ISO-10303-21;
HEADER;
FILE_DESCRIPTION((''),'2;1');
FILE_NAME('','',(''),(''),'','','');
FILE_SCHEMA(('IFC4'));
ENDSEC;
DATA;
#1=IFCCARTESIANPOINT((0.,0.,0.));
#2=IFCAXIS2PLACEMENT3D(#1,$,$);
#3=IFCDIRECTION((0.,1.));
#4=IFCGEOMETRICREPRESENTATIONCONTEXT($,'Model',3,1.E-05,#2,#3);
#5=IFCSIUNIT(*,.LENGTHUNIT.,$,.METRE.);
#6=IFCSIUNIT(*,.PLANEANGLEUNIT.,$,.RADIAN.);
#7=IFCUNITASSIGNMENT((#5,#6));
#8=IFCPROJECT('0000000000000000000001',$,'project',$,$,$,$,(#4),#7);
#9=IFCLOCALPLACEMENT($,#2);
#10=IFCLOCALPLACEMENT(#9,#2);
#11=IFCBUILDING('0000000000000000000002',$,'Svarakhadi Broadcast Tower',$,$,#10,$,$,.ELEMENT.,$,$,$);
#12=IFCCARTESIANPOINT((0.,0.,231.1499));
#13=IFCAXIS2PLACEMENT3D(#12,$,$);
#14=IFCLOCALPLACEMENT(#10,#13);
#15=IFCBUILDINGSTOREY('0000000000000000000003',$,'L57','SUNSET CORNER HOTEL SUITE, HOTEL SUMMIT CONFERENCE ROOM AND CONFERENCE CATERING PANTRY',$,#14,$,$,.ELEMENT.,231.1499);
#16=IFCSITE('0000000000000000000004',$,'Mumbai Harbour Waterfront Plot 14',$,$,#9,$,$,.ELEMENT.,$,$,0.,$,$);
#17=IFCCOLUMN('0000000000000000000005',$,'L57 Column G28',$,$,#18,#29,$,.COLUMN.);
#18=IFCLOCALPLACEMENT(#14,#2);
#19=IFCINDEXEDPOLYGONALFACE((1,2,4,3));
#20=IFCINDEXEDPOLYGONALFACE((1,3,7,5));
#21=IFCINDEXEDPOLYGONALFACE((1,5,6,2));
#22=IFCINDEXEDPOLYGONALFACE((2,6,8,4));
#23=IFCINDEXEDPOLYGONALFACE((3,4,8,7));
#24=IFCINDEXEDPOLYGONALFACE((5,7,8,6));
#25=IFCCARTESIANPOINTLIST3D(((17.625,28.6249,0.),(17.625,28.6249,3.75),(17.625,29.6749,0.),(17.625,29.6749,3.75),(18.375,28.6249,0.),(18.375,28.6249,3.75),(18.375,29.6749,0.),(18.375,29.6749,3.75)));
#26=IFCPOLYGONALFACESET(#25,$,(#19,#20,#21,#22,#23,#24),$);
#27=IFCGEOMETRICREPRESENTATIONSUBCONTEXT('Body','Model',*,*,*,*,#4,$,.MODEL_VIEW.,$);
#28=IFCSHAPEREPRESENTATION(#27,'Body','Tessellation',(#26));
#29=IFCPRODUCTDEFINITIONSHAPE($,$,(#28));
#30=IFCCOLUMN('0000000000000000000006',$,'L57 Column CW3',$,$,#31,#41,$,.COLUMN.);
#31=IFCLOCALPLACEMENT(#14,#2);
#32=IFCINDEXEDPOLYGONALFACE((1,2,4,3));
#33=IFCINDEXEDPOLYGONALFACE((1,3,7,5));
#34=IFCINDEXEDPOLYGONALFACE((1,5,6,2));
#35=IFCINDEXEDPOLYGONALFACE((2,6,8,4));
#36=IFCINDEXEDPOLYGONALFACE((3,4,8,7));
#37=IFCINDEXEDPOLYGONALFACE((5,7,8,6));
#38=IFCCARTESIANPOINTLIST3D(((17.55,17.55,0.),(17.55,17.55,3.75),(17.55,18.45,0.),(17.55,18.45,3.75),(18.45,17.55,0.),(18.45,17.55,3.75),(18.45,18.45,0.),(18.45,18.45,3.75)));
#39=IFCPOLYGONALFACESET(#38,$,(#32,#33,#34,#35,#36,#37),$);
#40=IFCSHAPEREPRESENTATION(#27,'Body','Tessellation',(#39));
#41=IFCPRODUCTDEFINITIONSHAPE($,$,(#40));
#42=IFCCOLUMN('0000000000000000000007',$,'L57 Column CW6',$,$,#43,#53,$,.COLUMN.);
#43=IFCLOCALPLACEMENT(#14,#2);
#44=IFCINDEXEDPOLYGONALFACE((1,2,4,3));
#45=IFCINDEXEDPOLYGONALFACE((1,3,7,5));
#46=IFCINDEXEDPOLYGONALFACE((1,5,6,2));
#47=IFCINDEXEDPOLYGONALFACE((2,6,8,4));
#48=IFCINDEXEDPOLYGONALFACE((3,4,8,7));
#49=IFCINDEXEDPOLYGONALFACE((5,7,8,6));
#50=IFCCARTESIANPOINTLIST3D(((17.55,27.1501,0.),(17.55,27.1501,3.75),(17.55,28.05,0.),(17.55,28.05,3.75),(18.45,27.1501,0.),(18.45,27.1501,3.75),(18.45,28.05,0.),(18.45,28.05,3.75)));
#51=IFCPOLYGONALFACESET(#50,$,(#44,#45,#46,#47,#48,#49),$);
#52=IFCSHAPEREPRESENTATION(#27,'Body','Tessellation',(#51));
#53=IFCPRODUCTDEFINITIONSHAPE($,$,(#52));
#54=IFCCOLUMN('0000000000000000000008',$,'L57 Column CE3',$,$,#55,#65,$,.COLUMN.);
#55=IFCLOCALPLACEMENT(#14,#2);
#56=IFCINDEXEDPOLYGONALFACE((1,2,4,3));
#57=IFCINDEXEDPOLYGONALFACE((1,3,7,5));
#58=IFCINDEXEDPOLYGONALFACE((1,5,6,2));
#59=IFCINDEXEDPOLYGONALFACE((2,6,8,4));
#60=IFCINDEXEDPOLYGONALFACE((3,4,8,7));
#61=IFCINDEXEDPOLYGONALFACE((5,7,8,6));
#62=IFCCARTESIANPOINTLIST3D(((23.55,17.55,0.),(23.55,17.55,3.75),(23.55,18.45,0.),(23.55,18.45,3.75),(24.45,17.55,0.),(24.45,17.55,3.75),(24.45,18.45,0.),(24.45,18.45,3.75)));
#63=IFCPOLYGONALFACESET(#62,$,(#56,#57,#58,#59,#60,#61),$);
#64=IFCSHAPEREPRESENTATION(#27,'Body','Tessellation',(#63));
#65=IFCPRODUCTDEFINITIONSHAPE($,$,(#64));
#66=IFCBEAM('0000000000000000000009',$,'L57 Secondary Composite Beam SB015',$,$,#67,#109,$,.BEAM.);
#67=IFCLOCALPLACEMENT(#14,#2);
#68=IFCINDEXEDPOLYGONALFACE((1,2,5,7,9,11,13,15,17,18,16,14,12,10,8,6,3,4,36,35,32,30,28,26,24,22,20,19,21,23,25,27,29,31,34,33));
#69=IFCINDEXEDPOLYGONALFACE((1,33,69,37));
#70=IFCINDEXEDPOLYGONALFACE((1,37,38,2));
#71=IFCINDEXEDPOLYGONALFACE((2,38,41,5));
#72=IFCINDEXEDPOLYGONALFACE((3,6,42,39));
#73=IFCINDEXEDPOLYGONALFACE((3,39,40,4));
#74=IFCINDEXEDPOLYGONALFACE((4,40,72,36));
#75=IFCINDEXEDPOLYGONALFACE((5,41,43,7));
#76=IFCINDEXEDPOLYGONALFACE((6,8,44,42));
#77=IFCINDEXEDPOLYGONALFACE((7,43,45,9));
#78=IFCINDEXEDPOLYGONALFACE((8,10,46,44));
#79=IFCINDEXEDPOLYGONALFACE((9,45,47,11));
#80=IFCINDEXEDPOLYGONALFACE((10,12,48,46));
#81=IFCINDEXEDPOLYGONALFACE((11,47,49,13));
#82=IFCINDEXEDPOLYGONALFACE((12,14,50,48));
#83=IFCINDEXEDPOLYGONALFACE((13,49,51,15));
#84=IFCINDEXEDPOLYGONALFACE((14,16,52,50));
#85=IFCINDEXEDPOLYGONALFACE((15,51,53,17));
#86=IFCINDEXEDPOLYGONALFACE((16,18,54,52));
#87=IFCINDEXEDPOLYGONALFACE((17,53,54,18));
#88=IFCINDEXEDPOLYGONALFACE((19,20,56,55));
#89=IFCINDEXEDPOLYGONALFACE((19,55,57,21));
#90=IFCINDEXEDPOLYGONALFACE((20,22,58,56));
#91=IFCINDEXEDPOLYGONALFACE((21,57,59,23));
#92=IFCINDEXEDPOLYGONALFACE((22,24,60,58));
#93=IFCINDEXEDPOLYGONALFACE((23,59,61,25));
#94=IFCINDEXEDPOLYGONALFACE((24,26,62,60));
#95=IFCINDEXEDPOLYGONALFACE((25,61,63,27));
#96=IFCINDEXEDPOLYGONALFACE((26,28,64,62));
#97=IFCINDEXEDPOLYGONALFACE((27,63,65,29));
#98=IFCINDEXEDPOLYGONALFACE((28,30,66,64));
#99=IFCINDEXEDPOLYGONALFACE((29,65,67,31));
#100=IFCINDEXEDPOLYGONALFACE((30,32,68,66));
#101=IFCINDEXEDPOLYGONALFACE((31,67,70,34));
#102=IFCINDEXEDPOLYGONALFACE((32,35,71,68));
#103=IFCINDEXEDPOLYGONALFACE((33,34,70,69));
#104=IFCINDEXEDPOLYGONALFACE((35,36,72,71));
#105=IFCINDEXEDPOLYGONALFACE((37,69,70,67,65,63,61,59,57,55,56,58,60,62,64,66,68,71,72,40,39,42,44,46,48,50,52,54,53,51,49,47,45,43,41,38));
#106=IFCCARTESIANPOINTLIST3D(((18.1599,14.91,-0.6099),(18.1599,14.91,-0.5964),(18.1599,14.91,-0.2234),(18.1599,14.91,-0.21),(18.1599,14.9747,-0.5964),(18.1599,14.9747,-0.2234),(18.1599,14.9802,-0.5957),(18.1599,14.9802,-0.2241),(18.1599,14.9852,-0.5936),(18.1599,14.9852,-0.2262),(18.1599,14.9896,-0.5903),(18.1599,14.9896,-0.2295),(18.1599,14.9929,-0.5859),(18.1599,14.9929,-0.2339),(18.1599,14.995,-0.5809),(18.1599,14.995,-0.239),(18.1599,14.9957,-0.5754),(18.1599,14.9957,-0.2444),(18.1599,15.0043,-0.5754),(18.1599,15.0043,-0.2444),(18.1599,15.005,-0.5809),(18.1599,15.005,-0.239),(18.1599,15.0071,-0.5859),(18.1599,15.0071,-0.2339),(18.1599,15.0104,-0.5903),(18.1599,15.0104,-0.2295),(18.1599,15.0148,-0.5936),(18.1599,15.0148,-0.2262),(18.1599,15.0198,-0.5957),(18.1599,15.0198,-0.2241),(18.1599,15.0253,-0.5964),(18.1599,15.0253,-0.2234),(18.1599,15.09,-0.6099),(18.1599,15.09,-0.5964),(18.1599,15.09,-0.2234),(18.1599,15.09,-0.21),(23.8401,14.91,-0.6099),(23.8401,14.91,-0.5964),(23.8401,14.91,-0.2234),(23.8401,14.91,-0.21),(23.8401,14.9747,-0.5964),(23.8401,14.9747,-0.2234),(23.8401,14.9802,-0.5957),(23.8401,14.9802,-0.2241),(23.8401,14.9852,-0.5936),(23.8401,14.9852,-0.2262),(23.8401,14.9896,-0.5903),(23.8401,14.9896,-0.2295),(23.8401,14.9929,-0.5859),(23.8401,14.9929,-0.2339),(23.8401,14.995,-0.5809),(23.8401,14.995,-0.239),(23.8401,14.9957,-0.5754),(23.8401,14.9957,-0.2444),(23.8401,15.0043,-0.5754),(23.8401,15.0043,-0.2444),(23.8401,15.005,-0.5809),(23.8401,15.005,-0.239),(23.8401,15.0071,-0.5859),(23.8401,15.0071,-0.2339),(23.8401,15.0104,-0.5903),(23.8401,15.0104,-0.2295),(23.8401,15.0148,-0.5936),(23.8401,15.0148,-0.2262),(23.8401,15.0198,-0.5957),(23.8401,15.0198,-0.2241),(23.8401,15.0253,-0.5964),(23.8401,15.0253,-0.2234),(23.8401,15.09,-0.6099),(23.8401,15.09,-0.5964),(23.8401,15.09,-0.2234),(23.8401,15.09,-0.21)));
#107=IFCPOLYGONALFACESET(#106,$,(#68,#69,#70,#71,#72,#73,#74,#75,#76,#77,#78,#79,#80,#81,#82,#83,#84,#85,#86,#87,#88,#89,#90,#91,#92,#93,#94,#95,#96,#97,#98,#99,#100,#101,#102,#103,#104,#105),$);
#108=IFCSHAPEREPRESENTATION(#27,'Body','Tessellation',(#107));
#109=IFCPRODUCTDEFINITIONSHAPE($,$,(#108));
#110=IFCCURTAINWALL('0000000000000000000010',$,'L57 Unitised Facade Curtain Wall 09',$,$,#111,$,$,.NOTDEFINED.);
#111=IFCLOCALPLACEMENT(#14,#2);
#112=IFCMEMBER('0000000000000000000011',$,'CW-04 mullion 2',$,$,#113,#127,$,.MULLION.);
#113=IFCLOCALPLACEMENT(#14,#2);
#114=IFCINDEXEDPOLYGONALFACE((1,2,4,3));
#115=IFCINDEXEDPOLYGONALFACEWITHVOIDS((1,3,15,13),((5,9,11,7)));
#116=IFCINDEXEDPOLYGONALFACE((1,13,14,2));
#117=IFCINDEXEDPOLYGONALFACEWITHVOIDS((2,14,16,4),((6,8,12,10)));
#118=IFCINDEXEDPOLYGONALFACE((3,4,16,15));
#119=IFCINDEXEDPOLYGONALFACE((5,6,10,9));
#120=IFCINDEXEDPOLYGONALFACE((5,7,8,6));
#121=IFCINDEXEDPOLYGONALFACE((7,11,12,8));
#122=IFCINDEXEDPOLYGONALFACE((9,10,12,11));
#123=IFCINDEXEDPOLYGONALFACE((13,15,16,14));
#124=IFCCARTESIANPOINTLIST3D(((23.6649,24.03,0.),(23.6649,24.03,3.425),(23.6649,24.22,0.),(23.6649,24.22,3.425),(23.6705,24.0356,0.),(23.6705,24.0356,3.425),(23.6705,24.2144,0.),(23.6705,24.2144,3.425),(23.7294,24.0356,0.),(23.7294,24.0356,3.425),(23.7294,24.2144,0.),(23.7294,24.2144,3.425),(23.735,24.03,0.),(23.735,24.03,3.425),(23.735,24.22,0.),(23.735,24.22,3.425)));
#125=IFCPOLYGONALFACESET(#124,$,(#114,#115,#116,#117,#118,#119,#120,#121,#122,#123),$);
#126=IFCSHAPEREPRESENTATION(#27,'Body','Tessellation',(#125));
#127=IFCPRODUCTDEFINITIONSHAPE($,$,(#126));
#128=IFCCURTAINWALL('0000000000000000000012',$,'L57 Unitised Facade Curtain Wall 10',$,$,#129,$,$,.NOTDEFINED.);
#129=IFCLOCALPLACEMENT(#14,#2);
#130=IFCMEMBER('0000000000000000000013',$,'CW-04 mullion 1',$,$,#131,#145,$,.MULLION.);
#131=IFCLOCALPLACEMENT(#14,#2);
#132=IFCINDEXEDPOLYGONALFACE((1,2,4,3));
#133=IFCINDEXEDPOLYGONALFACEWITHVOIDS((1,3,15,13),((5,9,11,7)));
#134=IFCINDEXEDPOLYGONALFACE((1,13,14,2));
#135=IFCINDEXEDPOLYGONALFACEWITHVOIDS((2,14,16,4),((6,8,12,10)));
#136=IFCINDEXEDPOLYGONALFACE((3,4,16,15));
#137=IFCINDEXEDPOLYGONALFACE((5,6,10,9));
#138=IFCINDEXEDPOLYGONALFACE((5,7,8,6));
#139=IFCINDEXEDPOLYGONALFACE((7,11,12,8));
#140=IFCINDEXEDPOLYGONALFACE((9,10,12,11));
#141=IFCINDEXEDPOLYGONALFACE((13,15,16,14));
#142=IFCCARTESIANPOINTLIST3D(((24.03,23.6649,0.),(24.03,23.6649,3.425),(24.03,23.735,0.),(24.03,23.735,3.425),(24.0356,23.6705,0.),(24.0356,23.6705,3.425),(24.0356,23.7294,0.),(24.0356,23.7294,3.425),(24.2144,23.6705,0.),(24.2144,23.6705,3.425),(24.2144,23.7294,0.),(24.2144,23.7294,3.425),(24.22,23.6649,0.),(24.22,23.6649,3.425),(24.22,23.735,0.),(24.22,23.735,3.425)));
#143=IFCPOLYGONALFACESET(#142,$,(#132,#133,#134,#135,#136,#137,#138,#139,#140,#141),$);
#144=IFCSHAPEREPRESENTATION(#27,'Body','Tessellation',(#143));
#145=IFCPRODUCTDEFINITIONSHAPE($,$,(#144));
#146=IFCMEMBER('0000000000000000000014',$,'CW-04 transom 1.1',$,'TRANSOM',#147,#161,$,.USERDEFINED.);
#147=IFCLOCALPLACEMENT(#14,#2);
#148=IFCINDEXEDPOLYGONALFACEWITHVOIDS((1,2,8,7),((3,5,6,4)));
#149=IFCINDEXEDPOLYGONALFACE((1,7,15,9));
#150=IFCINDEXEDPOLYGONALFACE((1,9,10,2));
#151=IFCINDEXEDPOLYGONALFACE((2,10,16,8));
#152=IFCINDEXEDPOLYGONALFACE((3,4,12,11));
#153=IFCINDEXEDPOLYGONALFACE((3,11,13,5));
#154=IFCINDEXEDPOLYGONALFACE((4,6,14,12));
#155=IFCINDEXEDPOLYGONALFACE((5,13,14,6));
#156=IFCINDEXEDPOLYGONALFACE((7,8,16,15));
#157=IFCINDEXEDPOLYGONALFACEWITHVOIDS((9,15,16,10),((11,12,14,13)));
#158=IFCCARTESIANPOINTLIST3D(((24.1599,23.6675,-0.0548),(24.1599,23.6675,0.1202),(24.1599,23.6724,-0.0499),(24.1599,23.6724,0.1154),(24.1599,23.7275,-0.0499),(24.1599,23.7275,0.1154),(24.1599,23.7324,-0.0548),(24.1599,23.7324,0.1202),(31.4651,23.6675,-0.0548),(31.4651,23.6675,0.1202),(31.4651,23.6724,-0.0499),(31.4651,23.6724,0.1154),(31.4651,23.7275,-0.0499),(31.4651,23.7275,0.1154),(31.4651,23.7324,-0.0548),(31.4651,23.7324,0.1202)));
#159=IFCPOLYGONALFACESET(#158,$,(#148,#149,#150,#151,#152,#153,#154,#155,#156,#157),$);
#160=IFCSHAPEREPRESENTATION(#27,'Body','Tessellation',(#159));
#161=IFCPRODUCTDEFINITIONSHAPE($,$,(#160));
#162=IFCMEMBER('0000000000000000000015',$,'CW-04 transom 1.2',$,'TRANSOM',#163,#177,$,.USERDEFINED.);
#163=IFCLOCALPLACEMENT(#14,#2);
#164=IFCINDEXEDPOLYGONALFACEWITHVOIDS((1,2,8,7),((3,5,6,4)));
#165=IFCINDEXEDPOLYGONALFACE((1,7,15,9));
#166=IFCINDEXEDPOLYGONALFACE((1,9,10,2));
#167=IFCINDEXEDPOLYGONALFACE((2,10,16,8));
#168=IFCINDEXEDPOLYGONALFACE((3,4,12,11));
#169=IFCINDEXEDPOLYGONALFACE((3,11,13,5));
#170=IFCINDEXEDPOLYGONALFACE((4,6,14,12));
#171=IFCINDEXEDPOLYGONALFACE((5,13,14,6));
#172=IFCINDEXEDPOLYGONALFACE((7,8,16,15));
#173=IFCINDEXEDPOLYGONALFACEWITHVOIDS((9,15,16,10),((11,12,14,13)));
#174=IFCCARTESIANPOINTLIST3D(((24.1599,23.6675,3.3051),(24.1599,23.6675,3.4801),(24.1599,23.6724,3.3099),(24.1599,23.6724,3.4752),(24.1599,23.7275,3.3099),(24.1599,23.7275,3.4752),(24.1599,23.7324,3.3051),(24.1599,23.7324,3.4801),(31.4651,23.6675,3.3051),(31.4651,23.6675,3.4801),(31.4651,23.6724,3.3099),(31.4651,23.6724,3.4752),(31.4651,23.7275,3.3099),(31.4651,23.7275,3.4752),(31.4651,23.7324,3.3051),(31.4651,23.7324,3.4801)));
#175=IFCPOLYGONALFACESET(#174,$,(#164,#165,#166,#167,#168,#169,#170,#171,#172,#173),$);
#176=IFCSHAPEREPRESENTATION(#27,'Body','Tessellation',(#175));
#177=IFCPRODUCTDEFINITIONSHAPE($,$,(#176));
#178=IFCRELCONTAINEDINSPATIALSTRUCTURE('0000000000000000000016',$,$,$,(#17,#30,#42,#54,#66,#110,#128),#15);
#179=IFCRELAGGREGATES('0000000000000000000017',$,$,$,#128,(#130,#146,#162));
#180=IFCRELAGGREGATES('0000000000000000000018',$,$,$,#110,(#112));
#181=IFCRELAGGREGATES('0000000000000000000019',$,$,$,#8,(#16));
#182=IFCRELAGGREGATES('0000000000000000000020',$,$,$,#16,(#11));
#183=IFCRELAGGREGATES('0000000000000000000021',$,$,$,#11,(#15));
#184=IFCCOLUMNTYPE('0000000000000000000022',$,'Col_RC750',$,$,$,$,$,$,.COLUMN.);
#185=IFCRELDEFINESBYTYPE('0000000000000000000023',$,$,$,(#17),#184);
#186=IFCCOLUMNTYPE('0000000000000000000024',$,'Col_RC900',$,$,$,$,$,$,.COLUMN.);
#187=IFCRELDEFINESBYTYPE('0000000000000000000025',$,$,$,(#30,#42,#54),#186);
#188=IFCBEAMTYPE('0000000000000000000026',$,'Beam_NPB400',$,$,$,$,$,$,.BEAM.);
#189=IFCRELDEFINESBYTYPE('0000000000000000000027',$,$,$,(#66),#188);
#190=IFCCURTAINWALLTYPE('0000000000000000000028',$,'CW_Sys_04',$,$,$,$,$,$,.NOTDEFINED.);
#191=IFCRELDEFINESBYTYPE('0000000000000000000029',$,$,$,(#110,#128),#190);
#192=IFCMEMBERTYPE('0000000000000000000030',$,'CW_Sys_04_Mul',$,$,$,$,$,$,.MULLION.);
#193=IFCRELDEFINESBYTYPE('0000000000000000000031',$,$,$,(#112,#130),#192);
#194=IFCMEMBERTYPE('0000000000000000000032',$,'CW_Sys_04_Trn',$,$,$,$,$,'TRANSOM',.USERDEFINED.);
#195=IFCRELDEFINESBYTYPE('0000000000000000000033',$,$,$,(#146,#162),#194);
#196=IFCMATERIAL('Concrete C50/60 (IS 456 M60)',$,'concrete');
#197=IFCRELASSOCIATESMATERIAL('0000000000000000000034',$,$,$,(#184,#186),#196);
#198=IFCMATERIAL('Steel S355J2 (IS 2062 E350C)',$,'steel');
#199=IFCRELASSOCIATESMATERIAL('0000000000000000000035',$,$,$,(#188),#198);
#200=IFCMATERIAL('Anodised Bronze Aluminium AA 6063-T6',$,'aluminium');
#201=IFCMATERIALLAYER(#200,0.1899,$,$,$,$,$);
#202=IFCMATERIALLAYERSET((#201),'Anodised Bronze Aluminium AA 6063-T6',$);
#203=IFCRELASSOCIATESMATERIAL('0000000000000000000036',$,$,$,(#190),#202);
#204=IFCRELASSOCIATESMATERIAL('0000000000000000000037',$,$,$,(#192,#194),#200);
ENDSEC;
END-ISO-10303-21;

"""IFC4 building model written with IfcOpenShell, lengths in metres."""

from ifc_helpers import new_model, si_unit, direction, frame, origin, origin_2d, place, context, subcontext, project, spatial, rectangle, hollow_rectangle, i_section, extrude, material, layer, layer_set, material_profile, profile_set, type_object, element, aggregate, save


model = new_model("IFC4")

# Units and contexts
model_context = context("Model", 3, precision=1e-05, world=origin(), true_north=direction((0.0, 1.0)))
body_context = subcontext(model_context, "Body", "Model", "MODEL_VIEW")
ifc_project = project(units=[si_unit("LENGTHUNIT", "METRE"), si_unit("PLANEANGLEUNIT", "RADIAN")], contexts=[model_context])

# Site, building, storey
site_placement = place(None, origin())
site = spatial("IfcSite", under=ifc_project, at=site_placement, Name="Mumbai Harbour Waterfront Plot 14", CompositionType="ELEMENT", RefElevation=0.0)
building_placement = place(site_placement, origin())
building = spatial("IfcBuilding", under=site, at=building_placement, Name="Svarakhadi Broadcast Tower", CompositionType="ELEMENT")
storey_placement = place(building_placement, frame((0.0, 0.0, 231.1499)))
storey = spatial("IfcBuildingStorey", under=building, at=storey_placement, Name="L57", Description="SUNSET CORNER HOTEL SUITE, HOTEL SUMMIT CONFERENCE ROOM AND CONFERENCE CATERING PANTRY", CompositionType="ELEMENT", Elevation=231.1499)

# Columns
ifc_material_1 = material(Name="Concrete C50/60 (IS 456 M60)", Category="concrete")
ifc_material_profile_1 = material_profile(ifc_material_1, rectangle(XDim=0.75, YDim=1.05, at=origin_2d()), Name="RC 750x1050")
ifc_profile_set_1 = profile_set([ifc_material_profile_1], Name="Concrete C50/60 (IS 456 M60)")
column_type_1 = type_object("IfcColumnType", Name="Col_RC750", PredefinedType="COLUMN", material=ifc_profile_set_1)
column_placement = place(storey_placement, frame((18.0, 29.1499, 0.0), z_axis=(0.0, 0.0, 1.0), x_axis=(1.0, 0.0, 0.0)))
element("IfcColumn", 1, at=column_placement, inside=storey, type_object=column_type_1, Name="L57 Column G28", PredefinedType="COLUMN", context=body_context, shape_type="SweptSolid", body=[
    extrude(rectangle(XDim=0.75, YDim=1.05, at=origin_2d()), origin(), (0.0, 0.0, 1.0), 3.75),
])
ifc_material_profile_2 = material_profile(ifc_material_1, rectangle(XDim=0.8999, YDim=0.8999, at=origin_2d()), Name="RC 900x900")
ifc_profile_set_2 = profile_set([ifc_material_profile_2], Name="Concrete C50/60 (IS 456 M60)")
column_type_2 = type_object("IfcColumnType", Name="Col_RC900", PredefinedType="COLUMN", material=ifc_profile_set_2)
for number, where, z_axis, x_axis, name in (
    (2, (18.0, 18.0, 0.0), (0.0, 0.0, 1.0), (1.0, 0.0, 0.0), "L57 Column CW3"),
    (3, (18.0, 27.6001, 0.0), (0.0, 0.0, 1.0), (1.0, 0.0, 0.0), "L57 Column CW6"),
    (4, (24.0, 18.0, 0.0), (0.0, 0.0, 1.0), (1.0, 0.0, 0.0), "L57 Column CE3"),
):
    element("IfcColumn", number, at=place(storey_placement, frame(where, z_axis=z_axis, x_axis=x_axis)), inside=storey, type_object=column_type_2, Name=name, PredefinedType="COLUMN", context=body_context, shape_type="SweptSolid", body=[
        extrude(rectangle(XDim=0.8999, YDim=0.8999, at=origin_2d()), origin(), (0.0, 0.0, 1.0), 3.75),
    ])

# Beam
ifc_material_2 = material(Name="Steel S355J2 (IS 2062 E350C)", Category="steel")
ifc_material_profile_3 = material_profile(ifc_material_2, i_section(OverallWidth=0.1799, OverallDepth=0.3999, WebThickness=0.0085, FlangeThickness=0.0134, FilletRadius=0.021, at=origin_2d()), Name="NPB 400x180x66")
ifc_profile_set_3 = profile_set([ifc_material_profile_3], Name="Steel S355J2 (IS 2062 E350C)")
beam_type_1 = type_object("IfcBeamType", Name="Beam_NPB400", PredefinedType="BEAM", material=ifc_profile_set_3)
beam_placement = place(storey_placement, frame((18.1599, 15.0, -0.4099), z_axis=(1.0, 0.0, 0.0), x_axis=(0.0, 1.0, 0.0)))
element("IfcBeam", 5, at=beam_placement, inside=storey, type_object=beam_type_1, Name="L57 Secondary Composite Beam SB015", PredefinedType="BEAM", context=body_context, shape_type="SweptSolid", body=[
    extrude(i_section(OverallWidth=0.1799, OverallDepth=0.3999, WebThickness=0.0085, FlangeThickness=0.0134, FilletRadius=0.021, at=origin_2d()), origin(), (0.0, 0.0, 1.0), 5.6802),
])

# Curtain wall, member
ifc_material_3 = material(Name="Anodised Bronze Aluminium AA 6063-T6", Category="aluminium")
ifc_layer_1 = layer(ifc_material_3, 0.1899)
ifc_layer_set_1 = layer_set([ifc_layer_1], Name="Anodised Bronze Aluminium AA 6063-T6")
curtain_wall_type = type_object("IfcCurtainWallType", Name="CW_Sys_04", PredefinedType="NOTDEFINED", material=ifc_layer_set_1)
curtain_wall_1_placement = place(storey_placement, origin())
curtain_wall_1 = element("IfcCurtainWall", 6, at=curtain_wall_1_placement, inside=storey, type_object=curtain_wall_type, Name="L57 Unitised Facade Curtain Wall 09", PredefinedType="NOTDEFINED")
ifc_material_profile_4 = material_profile(ifc_material_3, hollow_rectangle(XDim=0.0701, YDim=0.1899, WallThickness=0.0056, at=origin_2d()), Name="ALU MULLION 190x70x6")
ifc_profile_set_4 = profile_set([ifc_material_profile_4], Name="Anodised Bronze Aluminium AA 6063-T6")
member_type_1 = type_object("IfcMemberType", Name="CW_Sys_04_Mul", PredefinedType="MULLION", material=ifc_profile_set_4)
member_1_placement = place(storey_placement, frame((23.7, 24.125, 0.0), z_axis=(0.0, 0.0, 1.0), x_axis=(1.0, 0.0, 0.0)))
member_1 = element("IfcMember", 7, at=member_1_placement, type_object=member_type_1, Name="CW-04 mullion 2", PredefinedType="MULLION", context=body_context, shape_type="SweptSolid", body=[
    extrude(hollow_rectangle(XDim=0.0701, YDim=0.1899, WallThickness=0.0056, at=origin_2d()), origin(), (0.0, 0.0, 1.0), 3.425),
])

# Curtain wall, members
curtain_wall_2_placement = place(storey_placement, origin())
curtain_wall_2 = element("IfcCurtainWall", 8, at=curtain_wall_2_placement, inside=storey, type_object=curtain_wall_type, Name="L57 Unitised Facade Curtain Wall 10", PredefinedType="NOTDEFINED")
member_2_placement = place(storey_placement, frame((24.125, 23.7, 0.0), z_axis=(0.0, 0.0, 1.0), x_axis=(0.0, 1.0, 0.0)))
member_2 = element("IfcMember", 9, at=member_2_placement, type_object=member_type_1, Name="CW-04 mullion 1", PredefinedType="MULLION", context=body_context, shape_type="SweptSolid", body=[
    extrude(hollow_rectangle(XDim=0.0701, YDim=0.1899, WallThickness=0.0056, at=origin_2d()), origin(), (0.0, 0.0, 1.0), 3.425),
])
ifc_material_profile_5 = material_profile(ifc_material_3, hollow_rectangle(XDim=0.0649, YDim=0.175, WallThickness=0.0049, at=origin_2d()), Name="ALU TRANSOM 175x65x5")
ifc_profile_set_5 = profile_set([ifc_material_profile_5], Name="Anodised Bronze Aluminium AA 6063-T6")
member_type_2 = type_object("IfcMemberType", Name="CW_Sys_04_Trn", ElementType="TRANSOM", PredefinedType="USERDEFINED", material=ifc_profile_set_5)
member_3_placement = place(storey_placement, frame((24.1599, 23.7, 0.0327), z_axis=(1.0, 0.0, 0.0), x_axis=(0.0, 1.0, 0.0)))
member_3 = element("IfcMember", 10, at=member_3_placement, type_object=member_type_2, Name="CW-04 transom 1.1", ObjectType="TRANSOM", PredefinedType="USERDEFINED", context=body_context, shape_type="SweptSolid", body=[
    extrude(hollow_rectangle(XDim=0.0649, YDim=0.175, WallThickness=0.0049, at=origin_2d()), origin(), (0.0, 0.0, 1.0), 7.3052),
])
member_4_placement = place(storey_placement, frame((24.1599, 23.7, 3.3926), z_axis=(1.0, 0.0, 0.0), x_axis=(0.0, 1.0, 0.0)))
member_4 = element("IfcMember", 11, at=member_4_placement, type_object=member_type_2, Name="CW-04 transom 1.2", ObjectType="TRANSOM", PredefinedType="USERDEFINED", context=body_context, shape_type="SweptSolid", body=[
    extrude(hollow_rectangle(XDim=0.0649, YDim=0.175, WallThickness=0.0049, at=origin_2d()), origin(), (0.0, 0.0, 1.0), 7.3052),
])
aggregate(curtain_wall_2, [member_2, member_3, member_4])

aggregate(curtain_wall_1, [member_1])

save(model, "model.ifc")
